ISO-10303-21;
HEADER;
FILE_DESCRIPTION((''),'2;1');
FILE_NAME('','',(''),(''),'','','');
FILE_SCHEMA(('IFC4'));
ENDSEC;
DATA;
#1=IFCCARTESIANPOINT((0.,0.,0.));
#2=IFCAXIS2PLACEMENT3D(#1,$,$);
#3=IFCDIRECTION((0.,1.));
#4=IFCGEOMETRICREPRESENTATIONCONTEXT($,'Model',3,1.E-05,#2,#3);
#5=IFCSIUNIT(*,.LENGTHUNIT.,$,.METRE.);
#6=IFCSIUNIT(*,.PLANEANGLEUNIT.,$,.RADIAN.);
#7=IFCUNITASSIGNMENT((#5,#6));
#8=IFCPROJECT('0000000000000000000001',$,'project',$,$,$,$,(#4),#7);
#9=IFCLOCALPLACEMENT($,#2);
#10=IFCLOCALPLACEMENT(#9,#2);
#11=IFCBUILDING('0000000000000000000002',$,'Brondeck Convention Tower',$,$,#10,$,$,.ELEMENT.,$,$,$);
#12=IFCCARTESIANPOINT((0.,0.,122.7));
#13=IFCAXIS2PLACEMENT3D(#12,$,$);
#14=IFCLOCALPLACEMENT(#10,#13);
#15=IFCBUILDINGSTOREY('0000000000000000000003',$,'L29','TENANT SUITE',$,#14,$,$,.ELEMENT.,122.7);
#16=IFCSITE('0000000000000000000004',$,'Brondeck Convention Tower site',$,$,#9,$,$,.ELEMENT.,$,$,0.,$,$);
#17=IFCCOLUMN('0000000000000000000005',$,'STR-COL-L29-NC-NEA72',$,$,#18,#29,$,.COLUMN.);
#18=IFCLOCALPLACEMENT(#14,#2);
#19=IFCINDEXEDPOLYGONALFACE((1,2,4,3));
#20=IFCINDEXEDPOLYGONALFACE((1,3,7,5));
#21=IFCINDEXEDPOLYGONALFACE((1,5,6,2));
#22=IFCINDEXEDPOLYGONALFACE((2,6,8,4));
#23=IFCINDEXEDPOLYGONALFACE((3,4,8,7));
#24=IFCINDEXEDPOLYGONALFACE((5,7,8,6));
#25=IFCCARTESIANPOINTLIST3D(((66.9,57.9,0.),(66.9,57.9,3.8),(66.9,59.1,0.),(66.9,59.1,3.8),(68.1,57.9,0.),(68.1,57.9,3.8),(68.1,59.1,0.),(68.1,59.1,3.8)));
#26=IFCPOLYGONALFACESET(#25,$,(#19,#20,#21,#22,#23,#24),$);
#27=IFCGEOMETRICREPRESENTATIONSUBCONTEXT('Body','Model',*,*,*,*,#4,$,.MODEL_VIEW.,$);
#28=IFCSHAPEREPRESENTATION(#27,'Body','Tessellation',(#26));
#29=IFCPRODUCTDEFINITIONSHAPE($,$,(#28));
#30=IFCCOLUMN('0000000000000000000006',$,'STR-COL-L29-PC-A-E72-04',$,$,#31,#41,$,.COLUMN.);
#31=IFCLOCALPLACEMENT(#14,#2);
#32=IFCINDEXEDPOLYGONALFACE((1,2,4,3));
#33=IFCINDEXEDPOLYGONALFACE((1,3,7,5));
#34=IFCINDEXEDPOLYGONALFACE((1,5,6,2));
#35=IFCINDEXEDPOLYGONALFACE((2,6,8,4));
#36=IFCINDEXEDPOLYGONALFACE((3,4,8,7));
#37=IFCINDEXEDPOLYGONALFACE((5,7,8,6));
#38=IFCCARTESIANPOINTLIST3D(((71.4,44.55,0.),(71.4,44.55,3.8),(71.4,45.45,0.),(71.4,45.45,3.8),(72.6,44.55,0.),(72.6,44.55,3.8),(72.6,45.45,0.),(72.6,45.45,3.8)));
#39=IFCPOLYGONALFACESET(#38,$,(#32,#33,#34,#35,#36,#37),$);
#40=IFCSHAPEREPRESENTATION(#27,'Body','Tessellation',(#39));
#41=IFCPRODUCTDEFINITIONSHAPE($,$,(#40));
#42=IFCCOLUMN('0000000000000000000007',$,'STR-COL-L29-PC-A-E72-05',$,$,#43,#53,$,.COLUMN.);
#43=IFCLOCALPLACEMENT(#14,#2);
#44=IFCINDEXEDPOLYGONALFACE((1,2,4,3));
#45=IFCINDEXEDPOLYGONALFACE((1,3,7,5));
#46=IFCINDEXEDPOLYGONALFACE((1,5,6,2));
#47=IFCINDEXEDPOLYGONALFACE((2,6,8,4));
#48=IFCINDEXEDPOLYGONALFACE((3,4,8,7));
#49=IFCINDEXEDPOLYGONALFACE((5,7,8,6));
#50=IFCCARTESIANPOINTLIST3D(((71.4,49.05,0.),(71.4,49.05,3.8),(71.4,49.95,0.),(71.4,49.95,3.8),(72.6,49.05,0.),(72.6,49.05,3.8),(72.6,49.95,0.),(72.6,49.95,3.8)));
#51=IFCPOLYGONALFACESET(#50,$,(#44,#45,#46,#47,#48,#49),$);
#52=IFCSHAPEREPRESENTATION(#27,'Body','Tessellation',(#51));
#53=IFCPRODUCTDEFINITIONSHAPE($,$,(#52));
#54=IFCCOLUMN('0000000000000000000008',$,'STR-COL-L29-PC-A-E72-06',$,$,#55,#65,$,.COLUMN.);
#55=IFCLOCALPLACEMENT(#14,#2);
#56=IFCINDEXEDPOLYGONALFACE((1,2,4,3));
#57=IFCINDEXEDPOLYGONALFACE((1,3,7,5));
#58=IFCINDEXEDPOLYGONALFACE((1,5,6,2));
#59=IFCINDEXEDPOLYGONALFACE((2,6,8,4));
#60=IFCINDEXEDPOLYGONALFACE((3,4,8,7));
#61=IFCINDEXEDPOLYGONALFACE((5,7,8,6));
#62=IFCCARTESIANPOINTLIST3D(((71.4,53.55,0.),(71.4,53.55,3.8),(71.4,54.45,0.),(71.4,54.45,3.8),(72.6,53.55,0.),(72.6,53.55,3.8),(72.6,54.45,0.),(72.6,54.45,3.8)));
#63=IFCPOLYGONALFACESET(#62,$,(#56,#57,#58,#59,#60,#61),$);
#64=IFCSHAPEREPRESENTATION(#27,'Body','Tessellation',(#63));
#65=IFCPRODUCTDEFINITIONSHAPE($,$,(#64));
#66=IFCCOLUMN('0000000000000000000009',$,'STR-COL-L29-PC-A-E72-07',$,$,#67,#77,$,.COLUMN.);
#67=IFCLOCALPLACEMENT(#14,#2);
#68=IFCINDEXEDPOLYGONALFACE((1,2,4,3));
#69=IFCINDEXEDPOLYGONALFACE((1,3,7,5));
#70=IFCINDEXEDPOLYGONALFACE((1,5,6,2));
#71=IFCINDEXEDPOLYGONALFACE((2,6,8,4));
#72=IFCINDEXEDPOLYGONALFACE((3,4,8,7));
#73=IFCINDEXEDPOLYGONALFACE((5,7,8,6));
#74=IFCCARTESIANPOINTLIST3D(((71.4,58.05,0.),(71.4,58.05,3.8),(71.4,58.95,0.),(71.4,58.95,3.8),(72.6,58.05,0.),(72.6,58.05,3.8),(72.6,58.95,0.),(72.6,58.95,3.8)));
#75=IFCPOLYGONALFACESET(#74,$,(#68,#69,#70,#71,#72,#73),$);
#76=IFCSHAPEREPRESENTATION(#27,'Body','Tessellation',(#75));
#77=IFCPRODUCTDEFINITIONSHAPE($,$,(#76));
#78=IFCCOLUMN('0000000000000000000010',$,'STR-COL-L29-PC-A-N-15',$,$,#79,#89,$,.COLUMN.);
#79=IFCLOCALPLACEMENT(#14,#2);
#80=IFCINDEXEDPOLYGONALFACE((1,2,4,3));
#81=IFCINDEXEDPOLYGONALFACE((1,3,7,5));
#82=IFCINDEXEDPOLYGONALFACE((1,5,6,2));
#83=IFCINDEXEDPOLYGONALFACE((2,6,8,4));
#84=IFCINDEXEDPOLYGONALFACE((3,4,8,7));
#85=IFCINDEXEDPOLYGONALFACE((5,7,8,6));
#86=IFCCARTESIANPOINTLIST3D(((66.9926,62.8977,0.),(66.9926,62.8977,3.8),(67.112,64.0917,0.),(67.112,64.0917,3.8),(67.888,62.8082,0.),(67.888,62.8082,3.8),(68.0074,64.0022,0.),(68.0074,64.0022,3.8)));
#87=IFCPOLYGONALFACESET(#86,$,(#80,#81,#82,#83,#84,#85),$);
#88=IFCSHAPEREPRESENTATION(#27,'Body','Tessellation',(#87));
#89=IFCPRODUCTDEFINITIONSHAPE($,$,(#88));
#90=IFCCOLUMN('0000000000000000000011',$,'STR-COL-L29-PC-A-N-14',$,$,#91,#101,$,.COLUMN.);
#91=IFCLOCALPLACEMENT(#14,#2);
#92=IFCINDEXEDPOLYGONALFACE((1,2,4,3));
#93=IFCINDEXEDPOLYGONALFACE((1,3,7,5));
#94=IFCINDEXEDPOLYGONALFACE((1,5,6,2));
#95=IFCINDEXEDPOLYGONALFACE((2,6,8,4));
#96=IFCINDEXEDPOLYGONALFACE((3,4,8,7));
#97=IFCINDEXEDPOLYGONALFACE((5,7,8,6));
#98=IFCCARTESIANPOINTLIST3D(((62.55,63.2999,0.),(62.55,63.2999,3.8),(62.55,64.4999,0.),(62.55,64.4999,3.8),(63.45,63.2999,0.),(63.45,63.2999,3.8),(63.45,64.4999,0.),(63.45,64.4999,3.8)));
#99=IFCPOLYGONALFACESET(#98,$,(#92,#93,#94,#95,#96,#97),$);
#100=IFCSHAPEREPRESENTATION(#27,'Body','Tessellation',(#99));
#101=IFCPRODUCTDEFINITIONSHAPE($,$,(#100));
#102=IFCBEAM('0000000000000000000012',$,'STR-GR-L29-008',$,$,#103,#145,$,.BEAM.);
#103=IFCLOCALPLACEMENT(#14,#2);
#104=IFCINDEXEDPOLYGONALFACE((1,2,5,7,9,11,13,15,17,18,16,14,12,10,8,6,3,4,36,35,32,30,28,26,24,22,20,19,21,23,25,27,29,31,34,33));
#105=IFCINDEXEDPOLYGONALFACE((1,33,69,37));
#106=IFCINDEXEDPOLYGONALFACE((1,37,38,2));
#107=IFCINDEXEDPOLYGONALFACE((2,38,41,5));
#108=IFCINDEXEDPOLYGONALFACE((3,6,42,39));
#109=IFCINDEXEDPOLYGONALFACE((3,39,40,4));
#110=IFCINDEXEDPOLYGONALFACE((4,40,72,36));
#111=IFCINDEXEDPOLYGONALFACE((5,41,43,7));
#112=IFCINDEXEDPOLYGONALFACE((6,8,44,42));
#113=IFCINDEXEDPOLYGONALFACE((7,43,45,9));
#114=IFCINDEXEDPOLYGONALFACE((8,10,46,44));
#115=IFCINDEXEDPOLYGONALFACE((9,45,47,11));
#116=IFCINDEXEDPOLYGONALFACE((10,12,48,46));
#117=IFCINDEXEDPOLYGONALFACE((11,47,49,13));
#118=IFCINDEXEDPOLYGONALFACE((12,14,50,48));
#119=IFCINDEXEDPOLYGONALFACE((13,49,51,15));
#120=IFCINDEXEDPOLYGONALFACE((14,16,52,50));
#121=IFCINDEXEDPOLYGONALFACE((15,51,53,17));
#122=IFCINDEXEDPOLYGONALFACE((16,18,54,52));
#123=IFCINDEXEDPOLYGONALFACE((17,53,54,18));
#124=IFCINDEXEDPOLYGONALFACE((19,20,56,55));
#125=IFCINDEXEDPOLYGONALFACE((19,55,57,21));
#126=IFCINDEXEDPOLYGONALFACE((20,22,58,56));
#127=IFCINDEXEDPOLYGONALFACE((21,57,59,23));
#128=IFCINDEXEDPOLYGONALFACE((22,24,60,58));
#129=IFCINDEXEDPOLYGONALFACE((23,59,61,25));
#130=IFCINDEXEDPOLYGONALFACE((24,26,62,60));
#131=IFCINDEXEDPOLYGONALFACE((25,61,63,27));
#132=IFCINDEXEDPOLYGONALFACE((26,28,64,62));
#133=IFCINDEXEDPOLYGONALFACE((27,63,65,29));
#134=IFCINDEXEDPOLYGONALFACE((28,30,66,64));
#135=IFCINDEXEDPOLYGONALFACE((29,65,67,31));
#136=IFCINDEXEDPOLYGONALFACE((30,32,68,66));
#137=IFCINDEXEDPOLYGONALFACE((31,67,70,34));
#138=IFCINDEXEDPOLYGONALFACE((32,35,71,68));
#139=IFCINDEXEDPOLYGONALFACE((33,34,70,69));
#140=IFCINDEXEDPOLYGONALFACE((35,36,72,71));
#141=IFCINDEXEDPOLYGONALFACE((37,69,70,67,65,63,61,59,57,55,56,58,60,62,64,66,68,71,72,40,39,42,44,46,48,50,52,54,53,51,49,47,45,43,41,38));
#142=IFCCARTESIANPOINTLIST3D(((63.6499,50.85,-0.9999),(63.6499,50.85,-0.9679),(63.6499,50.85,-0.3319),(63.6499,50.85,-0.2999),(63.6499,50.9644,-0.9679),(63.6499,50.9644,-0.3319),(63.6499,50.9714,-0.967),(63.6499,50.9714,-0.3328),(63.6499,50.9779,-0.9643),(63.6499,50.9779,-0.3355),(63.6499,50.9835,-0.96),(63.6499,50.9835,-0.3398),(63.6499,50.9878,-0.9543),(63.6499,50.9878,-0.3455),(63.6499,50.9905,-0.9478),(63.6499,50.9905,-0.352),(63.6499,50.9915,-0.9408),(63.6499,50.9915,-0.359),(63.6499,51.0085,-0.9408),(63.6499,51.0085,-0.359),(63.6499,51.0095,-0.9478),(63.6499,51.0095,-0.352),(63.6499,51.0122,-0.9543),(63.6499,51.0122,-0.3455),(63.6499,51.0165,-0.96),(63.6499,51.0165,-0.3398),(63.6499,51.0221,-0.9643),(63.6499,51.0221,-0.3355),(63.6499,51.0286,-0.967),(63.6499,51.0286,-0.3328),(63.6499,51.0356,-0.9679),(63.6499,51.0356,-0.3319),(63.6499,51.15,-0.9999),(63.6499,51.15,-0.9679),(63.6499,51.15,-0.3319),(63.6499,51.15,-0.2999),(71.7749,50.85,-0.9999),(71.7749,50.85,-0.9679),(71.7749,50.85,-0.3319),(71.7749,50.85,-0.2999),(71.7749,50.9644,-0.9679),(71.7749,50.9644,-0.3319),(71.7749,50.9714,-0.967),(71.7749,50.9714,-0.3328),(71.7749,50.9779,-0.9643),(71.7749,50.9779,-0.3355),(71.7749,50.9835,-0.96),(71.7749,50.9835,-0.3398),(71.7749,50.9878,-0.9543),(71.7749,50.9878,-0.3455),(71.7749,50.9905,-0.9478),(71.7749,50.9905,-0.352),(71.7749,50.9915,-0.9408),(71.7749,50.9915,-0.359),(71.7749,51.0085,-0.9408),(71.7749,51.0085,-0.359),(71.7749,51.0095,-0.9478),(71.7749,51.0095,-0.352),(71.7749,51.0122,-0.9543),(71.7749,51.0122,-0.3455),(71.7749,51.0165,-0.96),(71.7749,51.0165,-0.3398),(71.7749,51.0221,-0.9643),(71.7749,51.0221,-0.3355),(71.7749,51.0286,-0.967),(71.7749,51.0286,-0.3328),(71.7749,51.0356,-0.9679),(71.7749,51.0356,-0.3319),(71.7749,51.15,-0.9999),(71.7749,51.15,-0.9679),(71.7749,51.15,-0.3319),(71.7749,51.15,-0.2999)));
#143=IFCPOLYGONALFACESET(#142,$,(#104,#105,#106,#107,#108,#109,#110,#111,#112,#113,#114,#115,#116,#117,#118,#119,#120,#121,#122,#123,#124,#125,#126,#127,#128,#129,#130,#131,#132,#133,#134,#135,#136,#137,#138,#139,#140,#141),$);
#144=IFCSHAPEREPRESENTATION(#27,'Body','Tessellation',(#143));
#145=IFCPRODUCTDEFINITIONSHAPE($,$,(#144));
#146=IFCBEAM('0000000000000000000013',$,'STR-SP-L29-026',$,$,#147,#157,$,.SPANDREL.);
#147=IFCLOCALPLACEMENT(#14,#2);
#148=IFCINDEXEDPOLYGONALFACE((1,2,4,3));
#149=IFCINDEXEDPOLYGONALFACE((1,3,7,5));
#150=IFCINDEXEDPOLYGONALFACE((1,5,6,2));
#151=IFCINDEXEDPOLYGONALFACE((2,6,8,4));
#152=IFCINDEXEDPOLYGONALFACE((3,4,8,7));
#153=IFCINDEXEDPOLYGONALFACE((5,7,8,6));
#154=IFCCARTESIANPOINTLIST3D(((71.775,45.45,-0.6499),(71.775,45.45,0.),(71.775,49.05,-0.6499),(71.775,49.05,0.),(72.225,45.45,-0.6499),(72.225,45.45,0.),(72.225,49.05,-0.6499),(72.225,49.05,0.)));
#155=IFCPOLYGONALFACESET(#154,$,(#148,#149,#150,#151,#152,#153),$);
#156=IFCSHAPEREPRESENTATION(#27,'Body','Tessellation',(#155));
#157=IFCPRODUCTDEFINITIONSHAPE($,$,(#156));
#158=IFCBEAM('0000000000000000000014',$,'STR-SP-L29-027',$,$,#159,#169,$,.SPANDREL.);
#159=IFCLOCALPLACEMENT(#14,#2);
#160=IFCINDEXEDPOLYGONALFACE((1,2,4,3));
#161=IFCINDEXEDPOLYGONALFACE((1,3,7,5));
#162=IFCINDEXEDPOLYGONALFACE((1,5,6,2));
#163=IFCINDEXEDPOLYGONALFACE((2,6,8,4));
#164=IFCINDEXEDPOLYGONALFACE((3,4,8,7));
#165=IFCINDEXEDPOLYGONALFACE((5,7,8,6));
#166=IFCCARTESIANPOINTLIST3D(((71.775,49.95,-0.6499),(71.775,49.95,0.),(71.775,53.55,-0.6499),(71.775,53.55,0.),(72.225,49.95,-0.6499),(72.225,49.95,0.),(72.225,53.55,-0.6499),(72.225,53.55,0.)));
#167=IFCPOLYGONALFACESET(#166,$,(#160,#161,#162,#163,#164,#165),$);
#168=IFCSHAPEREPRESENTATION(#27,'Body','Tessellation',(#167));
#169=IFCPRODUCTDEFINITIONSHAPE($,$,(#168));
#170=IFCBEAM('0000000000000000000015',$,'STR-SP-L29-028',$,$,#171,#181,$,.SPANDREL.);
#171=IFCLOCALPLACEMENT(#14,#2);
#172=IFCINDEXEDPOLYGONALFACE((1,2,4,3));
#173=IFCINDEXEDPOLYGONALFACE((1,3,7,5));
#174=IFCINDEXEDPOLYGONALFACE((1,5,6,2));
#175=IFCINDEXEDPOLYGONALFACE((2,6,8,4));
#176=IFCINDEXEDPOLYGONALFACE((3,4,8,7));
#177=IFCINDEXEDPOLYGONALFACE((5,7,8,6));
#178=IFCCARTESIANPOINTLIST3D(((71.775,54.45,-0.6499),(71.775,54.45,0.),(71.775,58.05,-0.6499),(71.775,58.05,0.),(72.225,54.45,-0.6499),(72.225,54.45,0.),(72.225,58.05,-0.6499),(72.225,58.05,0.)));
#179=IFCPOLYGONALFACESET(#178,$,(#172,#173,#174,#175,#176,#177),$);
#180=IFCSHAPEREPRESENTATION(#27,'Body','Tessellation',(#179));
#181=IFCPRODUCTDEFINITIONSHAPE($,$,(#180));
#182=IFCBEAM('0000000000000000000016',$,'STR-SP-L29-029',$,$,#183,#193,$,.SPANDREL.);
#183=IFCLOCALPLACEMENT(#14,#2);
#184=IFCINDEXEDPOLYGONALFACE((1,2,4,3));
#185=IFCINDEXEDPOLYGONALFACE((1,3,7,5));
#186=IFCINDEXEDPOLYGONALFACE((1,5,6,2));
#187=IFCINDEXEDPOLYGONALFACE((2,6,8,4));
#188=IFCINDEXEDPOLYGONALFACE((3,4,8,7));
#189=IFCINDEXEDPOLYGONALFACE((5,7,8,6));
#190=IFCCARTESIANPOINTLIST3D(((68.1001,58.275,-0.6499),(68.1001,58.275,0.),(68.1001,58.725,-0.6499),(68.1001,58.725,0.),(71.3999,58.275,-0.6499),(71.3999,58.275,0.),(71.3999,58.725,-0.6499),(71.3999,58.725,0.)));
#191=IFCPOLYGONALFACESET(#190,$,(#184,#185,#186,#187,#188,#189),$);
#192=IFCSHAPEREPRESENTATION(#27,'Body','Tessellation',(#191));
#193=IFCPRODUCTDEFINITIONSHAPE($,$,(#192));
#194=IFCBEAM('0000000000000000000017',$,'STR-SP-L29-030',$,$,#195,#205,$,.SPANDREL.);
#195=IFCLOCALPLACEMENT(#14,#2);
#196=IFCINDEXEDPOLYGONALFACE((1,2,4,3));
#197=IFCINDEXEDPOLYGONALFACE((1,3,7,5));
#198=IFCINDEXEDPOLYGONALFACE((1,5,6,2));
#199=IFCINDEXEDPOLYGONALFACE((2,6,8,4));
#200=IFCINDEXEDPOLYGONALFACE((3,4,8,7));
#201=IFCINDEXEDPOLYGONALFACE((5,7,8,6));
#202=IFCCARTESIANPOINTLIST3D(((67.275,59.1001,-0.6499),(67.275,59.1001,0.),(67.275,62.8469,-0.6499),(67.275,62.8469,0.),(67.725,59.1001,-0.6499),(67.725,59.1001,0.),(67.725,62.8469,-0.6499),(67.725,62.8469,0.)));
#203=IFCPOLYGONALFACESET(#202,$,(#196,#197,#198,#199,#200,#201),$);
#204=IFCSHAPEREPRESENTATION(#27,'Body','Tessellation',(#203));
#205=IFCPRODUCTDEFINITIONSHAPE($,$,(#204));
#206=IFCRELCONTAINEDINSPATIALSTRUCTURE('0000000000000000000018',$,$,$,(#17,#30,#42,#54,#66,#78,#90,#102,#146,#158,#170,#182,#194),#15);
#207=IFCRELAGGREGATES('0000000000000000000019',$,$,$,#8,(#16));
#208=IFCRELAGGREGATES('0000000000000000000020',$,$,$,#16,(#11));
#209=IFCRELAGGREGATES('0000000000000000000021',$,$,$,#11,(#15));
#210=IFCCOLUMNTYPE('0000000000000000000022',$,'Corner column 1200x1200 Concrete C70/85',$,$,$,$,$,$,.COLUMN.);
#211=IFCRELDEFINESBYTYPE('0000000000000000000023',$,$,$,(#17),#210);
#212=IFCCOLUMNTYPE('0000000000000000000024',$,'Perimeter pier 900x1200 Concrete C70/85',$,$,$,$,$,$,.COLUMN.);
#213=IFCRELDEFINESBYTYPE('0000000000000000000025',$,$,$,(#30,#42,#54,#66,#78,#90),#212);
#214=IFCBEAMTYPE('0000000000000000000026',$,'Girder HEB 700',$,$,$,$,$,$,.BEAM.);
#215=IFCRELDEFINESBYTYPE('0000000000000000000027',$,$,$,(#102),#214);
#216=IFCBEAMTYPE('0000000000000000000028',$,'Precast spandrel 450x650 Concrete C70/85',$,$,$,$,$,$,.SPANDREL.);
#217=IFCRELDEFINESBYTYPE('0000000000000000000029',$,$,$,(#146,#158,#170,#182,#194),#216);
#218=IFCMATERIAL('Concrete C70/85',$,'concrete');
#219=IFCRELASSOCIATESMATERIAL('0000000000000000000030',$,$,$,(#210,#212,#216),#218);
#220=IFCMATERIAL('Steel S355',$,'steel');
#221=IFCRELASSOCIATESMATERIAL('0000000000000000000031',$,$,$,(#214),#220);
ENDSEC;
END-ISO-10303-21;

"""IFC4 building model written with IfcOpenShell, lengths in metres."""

from ifc_helpers import new_model, si_unit, direction, frame, origin, origin_2d, place, context, subcontext, project, spatial, rectangle, i_section, extrude, material, material_profile, profile_set, type_object, element, save


model = new_model("IFC4")

# Units and contexts
model_context = context("Model", 3, precision=1e-05, world=origin(), true_north=direction((0.0, 1.0)))
body_context = subcontext(model_context, "Body", "Model", "MODEL_VIEW")
ifc_project = project(units=[si_unit("LENGTHUNIT", "METRE"), si_unit("PLANEANGLEUNIT", "RADIAN")], contexts=[model_context])

# Site, building, storey
site_placement = place(None, origin())
site = spatial("IfcSite", under=ifc_project, at=site_placement, Name="Brondeck Convention Tower site", CompositionType="ELEMENT", RefElevation=0.0)
building_placement = place(site_placement, origin())
building = spatial("IfcBuilding", under=site, at=building_placement, Name="Brondeck Convention Tower", CompositionType="ELEMENT")
storey_placement = place(building_placement, frame((0.0, 0.0, 122.7)))
storey = spatial("IfcBuildingStorey", under=building, at=storey_placement, Name="L29", Description="TENANT SUITE", CompositionType="ELEMENT", Elevation=122.7)

# Columns
ifc_material_1 = material(Name="Concrete C70/85", Category="concrete")
ifc_material_profile_1 = material_profile(ifc_material_1, rectangle(XDim=1.2, YDim=1.2, at=origin_2d()), Name="Corner column 1200x1200 Concrete C70/85")
ifc_profile_set_1 = profile_set([ifc_material_profile_1], Name="Concrete C70/85")
column_type_1 = type_object("IfcColumnType", Name="Corner column 1200x1200 Concrete C70/85", PredefinedType="COLUMN", material=ifc_profile_set_1)
column_placement = place(storey_placement, frame((67.5, 58.5, 0.0), z_axis=(0.0, 0.0, 1.0), x_axis=(1.0, 0.0, 0.0)))
element("IfcColumn", 1, at=column_placement, inside=storey, type_object=column_type_1, Name="STR-COL-L29-NC-NEA72", PredefinedType="COLUMN", context=body_context, shape_type="SweptSolid", body=[
    extrude(rectangle(XDim=1.2, YDim=1.2, at=origin_2d()), origin(), (0.0, 0.0, 1.0), 3.8),
])
ifc_material_profile_2 = material_profile(ifc_material_1, rectangle(XDim=0.8999, YDim=1.2, at=origin_2d()), Name="Perimeter pier 900x1200 Concrete C70/85")
ifc_profile_set_2 = profile_set([ifc_material_profile_2], Name="Concrete C70/85")
column_type_2 = type_object("IfcColumnType", Name="Perimeter pier 900x1200 Concrete C70/85", PredefinedType="COLUMN", material=ifc_profile_set_2)
for number, where, z_axis, x_axis, name in (
    (2, (72.0, 45.0, 0.0), (0.0, 0.0, 1.0), (0.0, 1.0, 0.0), "STR-COL-L29-PC-A-E72-04"),
    (3, (72.0, 49.5, 0.0), (0.0, 0.0, 1.0), (0.0, 1.0, 0.0), "STR-COL-L29-PC-A-E72-05"),
    (4, (72.0, 54.0, 0.0), (0.0, 0.0, 1.0), (0.0, 1.0, 0.0), "STR-COL-L29-PC-A-E72-06"),
    (5, (72.0, 58.5, 0.0), (0.0, 0.0, 1.0), (0.0, 1.0, 0.0), "STR-COL-L29-PC-A-E72-07"),
    (6, (67.5, 63.45, 0.0), (0.0, 0.0, 1.0), (-0.995037, 0.099504, 0.0), "STR-COL-L29-PC-A-N-15"),
    (7, (63.0, 63.8999, 0.0), (0.0, 0.0, 1.0), (-1.0, 0.0, 0.0), "STR-COL-L29-PC-A-N-14"),
):
    element("IfcColumn", number, at=place(storey_placement, frame(where, z_axis=z_axis, x_axis=x_axis)), inside=storey, type_object=column_type_2, Name=name, PredefinedType="COLUMN", context=body_context, shape_type="SweptSolid", body=[
        extrude(rectangle(XDim=0.8999, YDim=1.2, at=origin_2d()), origin(), (0.0, 0.0, 1.0), 3.8),
    ])

# Beams
ifc_material_2 = material(Name="Steel S355", Category="steel")
ifc_material_profile_3 = material_profile(ifc_material_2, i_section(OverallWidth=0.3, OverallDepth=0.7, WebThickness=0.0171, FlangeThickness=0.032, FilletRadius=0.0271, at=origin_2d()), Name="HEB 700")
ifc_profile_set_3 = profile_set([ifc_material_profile_3], Name="Steel S355")
beam_type_1 = type_object("IfcBeamType", Name="Girder HEB 700", PredefinedType="BEAM", material=ifc_profile_set_3)
beam_1_placement = place(storey_placement, frame((63.6499, 51.0, -0.6499), z_axis=(1.0, 0.0, 0.0), x_axis=(0.0, 1.0, 0.0)))
element("IfcBeam", 8, at=beam_1_placement, inside=storey, type_object=beam_type_1, Name="STR-GR-L29-008", PredefinedType="BEAM", context=body_context, shape_type="SweptSolid", body=[
    extrude(i_section(OverallWidth=0.3, OverallDepth=0.7, WebThickness=0.0171, FlangeThickness=0.032, FilletRadius=0.0271, at=origin_2d()), origin(), (0.0, 0.0, 1.0), 8.125),
])
ifc_material_profile_4 = material_profile(ifc_material_1, rectangle(XDim=0.45, YDim=0.6499, at=origin_2d()), Name="Precast spandrel 450x650 Concrete C70/85")
ifc_profile_set_4 = profile_set([ifc_material_profile_4], Name="Concrete C70/85")
beam_type_2 = type_object("IfcBeamType", Name="Precast spandrel 450x650 Concrete C70/85", PredefinedType="SPANDREL", material=ifc_profile_set_4)
for number, where, z_axis, x_axis, name in (
    (9, (72.0, 45.45, -0.325), (0.0, 1.0, 0.0), (-1.0, 0.0, 0.0), "STR-SP-L29-026"),
    (10, (72.0, 49.95, -0.325), (0.0, 1.0, 0.0), (-1.0, 0.0, 0.0), "STR-SP-L29-027"),
    (11, (72.0, 54.45, -0.325), (0.0, 1.0, 0.0), (-1.0, 0.0, 0.0), "STR-SP-L29-028"),
):
    element("IfcBeam", number, at=place(storey_placement, frame(where, z_axis=z_axis, x_axis=x_axis)), inside=storey, type_object=beam_type_2, Name=name, PredefinedType="SPANDREL", context=body_context, shape_type="SweptSolid", body=[
        extrude(rectangle(XDim=0.45, YDim=0.6499, at=origin_2d()), origin(), (0.0, 0.0, 1.0), 3.6001),
    ])
beam_2_placement = place(storey_placement, frame((71.3999, 58.5, -0.325), z_axis=(-1.0, 0.0, 0.0), x_axis=(0.0, -1.0, 0.0)))
element("IfcBeam", 12, at=beam_2_placement, inside=storey, type_object=beam_type_2, Name="STR-SP-L29-029", PredefinedType="SPANDREL", context=body_context, shape_type="SweptSolid", body=[
    extrude(rectangle(XDim=0.45, YDim=0.6499, at=origin_2d()), origin(), (0.0, 0.0, 1.0), 3.2998),
])
beam_3_placement = place(storey_placement, frame((67.5, 59.1001, -0.325), z_axis=(0.0, 1.0, 0.0), x_axis=(-1.0, 0.0, 0.0)))
element("IfcBeam", 13, at=beam_3_placement, inside=storey, type_object=beam_type_2, Name="STR-SP-L29-030", PredefinedType="SPANDREL", context=body_context, shape_type="SweptSolid", body=[
    extrude(rectangle(XDim=0.45, YDim=0.6499, at=origin_2d()), origin(), (0.0, 0.0, 1.0), 3.7468),
])

save(model, "model.ifc")
